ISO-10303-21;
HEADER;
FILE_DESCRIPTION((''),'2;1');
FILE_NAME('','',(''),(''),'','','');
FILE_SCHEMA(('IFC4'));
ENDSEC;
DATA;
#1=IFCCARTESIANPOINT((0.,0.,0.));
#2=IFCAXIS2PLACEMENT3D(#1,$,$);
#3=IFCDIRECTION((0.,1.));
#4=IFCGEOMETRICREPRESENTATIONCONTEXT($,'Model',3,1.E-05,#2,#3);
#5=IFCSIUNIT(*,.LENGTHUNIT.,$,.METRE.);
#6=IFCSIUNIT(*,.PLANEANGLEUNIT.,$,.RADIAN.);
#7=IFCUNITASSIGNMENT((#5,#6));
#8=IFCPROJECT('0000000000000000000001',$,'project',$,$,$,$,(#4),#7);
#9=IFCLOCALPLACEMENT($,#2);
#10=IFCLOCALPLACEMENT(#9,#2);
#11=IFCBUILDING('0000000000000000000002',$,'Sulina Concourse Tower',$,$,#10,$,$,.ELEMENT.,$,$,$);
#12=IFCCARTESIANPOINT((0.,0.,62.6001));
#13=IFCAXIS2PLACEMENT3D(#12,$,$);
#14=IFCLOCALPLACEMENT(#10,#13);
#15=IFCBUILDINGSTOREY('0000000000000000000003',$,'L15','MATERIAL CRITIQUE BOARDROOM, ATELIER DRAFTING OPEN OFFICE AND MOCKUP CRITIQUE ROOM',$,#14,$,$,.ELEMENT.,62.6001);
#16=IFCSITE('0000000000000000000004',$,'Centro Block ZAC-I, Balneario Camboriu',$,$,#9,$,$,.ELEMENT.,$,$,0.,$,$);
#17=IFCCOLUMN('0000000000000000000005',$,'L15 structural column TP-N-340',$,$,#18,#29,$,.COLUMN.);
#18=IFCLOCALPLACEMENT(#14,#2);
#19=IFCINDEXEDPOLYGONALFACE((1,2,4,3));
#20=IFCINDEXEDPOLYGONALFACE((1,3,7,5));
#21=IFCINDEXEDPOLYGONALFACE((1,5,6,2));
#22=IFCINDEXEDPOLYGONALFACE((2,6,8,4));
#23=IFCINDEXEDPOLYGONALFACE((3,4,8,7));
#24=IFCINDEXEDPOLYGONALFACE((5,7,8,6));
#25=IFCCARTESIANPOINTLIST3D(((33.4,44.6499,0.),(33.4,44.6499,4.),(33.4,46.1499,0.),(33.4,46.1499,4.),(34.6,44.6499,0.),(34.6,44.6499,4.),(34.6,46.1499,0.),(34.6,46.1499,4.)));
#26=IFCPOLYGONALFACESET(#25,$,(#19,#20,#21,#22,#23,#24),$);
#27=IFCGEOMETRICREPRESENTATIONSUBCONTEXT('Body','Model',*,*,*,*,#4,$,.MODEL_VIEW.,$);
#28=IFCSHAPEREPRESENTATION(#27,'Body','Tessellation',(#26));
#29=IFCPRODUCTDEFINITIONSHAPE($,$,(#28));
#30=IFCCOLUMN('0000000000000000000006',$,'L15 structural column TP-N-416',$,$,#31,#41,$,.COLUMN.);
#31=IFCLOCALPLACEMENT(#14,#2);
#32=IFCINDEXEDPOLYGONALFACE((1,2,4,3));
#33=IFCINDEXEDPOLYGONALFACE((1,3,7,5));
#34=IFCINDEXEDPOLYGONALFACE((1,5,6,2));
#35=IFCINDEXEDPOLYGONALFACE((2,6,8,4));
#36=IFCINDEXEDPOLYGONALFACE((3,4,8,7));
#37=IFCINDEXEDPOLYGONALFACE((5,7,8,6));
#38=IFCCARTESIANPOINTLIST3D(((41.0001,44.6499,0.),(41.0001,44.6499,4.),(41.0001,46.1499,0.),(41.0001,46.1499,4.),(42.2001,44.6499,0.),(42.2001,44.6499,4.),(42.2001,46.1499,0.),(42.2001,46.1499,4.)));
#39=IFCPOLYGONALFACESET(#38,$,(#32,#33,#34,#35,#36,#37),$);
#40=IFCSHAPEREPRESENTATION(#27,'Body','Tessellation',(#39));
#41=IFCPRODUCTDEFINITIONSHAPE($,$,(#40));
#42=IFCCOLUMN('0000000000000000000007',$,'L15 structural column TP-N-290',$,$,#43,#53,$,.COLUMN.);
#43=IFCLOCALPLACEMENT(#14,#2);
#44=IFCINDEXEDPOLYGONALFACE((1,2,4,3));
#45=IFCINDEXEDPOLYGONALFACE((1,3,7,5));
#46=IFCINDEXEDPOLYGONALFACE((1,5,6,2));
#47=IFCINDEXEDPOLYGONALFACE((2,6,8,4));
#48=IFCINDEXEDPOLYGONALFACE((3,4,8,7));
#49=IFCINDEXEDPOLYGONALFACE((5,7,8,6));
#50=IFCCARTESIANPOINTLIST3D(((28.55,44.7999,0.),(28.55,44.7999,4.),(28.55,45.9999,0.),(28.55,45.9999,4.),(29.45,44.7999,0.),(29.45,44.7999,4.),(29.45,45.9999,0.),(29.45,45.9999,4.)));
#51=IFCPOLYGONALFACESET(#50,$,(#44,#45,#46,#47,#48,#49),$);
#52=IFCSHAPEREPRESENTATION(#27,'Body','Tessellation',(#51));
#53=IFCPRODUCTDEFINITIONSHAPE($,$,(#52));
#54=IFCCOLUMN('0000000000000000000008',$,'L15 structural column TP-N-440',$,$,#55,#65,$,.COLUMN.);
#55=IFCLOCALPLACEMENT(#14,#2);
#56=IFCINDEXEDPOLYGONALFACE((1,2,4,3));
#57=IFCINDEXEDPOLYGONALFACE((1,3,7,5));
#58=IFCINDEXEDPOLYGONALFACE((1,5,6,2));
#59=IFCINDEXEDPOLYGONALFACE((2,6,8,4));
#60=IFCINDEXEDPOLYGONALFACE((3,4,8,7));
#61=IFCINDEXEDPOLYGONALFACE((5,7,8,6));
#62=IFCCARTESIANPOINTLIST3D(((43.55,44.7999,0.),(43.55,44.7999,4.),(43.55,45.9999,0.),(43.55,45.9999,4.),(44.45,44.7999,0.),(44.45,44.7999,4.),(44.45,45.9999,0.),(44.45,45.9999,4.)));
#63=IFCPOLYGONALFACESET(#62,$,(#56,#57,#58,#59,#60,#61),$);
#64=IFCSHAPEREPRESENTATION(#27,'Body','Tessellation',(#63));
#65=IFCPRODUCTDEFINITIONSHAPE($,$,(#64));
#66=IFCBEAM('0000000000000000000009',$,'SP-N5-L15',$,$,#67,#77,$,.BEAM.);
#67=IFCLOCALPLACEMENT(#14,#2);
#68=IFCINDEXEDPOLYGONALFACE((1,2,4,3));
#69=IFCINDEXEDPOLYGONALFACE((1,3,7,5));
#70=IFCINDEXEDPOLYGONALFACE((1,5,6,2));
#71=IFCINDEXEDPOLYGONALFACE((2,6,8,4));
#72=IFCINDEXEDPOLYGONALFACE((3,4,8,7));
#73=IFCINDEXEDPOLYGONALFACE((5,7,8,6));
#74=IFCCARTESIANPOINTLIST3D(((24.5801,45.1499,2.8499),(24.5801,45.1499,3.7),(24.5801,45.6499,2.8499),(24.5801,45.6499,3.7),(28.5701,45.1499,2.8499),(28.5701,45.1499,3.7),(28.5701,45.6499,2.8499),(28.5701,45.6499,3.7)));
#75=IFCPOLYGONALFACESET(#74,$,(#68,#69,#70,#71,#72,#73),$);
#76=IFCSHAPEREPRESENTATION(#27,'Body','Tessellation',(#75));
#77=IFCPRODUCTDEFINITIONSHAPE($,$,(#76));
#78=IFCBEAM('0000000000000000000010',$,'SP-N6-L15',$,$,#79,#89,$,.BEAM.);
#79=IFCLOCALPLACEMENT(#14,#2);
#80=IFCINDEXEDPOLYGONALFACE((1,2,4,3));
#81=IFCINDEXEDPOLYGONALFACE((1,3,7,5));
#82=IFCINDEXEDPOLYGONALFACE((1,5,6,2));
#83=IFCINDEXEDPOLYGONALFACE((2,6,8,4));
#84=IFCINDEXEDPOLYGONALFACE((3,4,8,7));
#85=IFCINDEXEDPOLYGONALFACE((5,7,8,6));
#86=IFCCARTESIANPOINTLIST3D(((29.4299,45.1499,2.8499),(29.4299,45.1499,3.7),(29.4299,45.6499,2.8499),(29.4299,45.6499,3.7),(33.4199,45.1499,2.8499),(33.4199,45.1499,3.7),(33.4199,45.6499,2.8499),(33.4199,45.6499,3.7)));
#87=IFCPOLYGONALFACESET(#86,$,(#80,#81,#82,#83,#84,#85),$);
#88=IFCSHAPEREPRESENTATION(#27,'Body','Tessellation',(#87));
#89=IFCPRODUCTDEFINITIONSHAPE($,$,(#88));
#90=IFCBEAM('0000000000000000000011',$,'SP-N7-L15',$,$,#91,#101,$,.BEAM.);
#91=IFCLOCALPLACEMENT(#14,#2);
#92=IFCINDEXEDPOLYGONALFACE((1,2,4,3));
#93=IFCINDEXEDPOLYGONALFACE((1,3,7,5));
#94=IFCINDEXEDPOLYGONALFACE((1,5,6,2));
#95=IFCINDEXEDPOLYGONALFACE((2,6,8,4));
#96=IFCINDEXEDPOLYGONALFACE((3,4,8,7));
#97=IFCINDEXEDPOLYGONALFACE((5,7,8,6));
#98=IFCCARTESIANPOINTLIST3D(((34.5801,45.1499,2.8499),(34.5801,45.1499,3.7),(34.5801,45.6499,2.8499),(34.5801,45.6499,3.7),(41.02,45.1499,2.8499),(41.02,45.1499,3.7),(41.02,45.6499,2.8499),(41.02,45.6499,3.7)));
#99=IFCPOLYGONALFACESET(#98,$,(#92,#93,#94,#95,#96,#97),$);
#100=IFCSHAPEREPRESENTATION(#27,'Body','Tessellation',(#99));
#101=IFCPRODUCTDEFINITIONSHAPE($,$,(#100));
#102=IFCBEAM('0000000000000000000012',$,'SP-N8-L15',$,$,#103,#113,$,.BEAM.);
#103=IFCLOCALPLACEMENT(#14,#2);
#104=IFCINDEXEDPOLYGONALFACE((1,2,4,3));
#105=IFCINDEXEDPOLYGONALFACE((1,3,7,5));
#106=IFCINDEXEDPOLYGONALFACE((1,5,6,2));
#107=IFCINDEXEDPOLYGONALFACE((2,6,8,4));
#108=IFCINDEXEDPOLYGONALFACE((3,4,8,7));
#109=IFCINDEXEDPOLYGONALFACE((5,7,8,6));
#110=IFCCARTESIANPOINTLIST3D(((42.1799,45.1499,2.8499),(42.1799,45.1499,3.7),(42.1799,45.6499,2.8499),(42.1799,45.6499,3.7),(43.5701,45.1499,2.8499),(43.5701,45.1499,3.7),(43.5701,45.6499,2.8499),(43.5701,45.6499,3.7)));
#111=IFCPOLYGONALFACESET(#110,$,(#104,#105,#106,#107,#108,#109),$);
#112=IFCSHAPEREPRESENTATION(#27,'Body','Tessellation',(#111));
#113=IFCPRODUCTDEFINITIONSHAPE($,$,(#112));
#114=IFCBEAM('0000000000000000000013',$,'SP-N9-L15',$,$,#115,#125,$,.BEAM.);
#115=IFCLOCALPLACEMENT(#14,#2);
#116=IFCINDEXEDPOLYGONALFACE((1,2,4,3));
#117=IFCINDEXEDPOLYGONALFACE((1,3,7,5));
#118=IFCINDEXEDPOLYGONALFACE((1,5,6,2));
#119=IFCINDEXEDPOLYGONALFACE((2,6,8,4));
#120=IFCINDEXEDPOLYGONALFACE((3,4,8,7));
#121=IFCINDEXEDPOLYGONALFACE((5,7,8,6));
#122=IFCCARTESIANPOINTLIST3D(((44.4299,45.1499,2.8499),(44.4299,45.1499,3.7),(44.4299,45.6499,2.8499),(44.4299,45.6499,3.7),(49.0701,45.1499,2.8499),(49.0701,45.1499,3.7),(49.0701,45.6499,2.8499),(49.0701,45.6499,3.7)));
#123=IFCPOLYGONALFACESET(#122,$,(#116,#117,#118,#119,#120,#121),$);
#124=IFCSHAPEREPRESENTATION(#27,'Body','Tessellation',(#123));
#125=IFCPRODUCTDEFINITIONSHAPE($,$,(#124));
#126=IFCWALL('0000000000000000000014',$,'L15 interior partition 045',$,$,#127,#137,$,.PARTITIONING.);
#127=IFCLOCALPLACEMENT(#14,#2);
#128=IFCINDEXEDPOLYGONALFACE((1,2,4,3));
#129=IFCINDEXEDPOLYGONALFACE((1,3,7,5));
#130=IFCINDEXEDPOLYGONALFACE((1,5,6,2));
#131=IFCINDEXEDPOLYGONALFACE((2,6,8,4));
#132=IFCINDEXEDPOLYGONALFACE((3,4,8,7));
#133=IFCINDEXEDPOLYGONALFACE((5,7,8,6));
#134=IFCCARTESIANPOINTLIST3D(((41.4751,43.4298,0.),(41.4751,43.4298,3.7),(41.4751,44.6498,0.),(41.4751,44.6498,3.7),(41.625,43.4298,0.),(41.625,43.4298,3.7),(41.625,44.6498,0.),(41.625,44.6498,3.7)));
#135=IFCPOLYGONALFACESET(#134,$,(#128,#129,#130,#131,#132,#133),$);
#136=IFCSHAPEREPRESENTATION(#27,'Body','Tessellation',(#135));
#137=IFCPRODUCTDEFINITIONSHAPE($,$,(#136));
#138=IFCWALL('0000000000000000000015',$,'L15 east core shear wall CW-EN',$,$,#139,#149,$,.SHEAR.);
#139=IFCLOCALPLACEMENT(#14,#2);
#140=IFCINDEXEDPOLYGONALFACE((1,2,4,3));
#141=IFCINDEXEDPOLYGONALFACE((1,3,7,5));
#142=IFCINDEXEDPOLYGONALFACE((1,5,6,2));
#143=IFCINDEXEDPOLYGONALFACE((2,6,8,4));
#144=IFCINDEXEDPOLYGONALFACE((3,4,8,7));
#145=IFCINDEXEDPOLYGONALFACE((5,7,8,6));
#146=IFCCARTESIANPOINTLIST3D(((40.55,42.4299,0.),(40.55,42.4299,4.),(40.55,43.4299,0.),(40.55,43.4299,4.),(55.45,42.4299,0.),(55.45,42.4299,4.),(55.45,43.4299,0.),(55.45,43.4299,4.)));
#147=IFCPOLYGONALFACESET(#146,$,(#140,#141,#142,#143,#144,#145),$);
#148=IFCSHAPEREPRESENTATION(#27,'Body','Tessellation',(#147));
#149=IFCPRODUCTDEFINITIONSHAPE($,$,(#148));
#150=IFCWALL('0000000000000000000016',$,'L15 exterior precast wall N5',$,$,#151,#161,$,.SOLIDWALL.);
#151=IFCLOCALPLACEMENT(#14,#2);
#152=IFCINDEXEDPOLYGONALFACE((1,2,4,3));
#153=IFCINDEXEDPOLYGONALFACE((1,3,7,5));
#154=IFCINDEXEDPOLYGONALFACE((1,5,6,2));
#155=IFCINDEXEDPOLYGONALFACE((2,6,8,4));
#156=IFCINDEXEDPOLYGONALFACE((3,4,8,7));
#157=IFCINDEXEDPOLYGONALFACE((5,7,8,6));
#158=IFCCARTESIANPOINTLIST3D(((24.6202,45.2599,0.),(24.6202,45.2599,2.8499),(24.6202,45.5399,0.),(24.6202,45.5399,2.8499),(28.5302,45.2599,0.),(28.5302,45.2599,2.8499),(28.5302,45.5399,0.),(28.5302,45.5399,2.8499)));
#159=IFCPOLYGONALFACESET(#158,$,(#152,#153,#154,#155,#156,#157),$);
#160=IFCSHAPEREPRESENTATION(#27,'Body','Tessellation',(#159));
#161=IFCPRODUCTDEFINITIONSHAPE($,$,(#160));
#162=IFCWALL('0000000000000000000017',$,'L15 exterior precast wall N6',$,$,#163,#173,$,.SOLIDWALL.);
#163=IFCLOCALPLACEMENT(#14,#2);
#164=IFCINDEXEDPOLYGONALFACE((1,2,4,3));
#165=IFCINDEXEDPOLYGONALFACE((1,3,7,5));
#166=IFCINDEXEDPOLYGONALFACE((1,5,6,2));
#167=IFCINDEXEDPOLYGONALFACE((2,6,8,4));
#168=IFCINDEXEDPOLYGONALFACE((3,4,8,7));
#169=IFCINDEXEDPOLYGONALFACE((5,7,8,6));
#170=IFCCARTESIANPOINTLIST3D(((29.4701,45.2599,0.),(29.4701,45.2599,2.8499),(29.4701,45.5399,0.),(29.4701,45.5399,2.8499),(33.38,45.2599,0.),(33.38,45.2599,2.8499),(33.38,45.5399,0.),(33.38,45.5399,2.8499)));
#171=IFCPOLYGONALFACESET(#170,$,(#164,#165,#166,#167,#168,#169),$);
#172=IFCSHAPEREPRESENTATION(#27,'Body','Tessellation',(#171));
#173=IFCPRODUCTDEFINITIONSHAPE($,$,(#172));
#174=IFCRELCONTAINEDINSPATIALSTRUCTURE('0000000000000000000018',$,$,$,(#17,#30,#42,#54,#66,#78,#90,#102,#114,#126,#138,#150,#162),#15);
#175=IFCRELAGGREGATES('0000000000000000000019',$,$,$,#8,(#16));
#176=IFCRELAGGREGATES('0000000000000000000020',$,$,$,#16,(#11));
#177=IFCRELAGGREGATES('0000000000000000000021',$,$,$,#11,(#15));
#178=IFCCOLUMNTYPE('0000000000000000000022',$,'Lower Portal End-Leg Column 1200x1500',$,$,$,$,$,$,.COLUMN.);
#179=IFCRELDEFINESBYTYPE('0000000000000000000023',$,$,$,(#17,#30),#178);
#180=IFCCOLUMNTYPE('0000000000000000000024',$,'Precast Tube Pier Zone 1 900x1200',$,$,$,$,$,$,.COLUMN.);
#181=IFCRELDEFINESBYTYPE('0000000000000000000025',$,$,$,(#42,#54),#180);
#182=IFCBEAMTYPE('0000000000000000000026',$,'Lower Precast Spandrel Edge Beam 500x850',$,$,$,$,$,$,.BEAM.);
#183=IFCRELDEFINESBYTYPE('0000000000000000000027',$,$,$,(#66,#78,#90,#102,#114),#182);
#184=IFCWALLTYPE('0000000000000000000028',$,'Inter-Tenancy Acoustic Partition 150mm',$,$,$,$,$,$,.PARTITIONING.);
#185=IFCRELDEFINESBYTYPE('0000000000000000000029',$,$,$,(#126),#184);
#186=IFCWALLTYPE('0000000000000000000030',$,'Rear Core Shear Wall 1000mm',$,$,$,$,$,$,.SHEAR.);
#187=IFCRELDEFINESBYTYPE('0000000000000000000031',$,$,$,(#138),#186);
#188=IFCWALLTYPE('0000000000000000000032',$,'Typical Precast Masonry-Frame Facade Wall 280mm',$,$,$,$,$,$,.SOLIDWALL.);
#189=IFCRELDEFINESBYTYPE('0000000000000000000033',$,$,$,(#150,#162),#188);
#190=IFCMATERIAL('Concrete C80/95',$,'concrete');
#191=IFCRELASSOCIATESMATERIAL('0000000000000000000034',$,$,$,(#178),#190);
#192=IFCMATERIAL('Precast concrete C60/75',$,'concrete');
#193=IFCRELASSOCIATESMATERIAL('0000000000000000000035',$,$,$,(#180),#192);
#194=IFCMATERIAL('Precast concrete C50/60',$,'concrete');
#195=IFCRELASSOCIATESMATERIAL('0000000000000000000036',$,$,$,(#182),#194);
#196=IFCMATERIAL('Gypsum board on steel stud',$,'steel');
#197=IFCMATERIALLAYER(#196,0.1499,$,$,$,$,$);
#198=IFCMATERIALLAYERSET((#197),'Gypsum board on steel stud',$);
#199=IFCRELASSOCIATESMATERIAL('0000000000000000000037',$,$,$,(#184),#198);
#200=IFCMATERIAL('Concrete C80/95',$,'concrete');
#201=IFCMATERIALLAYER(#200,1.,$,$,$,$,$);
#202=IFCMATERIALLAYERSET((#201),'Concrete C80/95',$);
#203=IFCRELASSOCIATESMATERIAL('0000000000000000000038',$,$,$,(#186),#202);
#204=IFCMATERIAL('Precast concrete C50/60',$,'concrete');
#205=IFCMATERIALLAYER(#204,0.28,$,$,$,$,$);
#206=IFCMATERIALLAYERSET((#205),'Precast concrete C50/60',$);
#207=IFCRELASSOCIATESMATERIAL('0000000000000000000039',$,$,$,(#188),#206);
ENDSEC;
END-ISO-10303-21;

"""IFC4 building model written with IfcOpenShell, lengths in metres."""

from ifc_helpers import new_model, si_unit, direction, frame, frame_2d, origin, origin_2d, place, context, subcontext, project, spatial, rectangle, extrude, material, layer, layer_set, material_profile, profile_set, type_object, element, save


model = new_model("IFC4")

# Units and contexts
model_context = context("Model", 3, precision=1e-05, world=origin(), true_north=direction((0.0, 1.0)))
body_context = subcontext(model_context, "Body", "Model", "MODEL_VIEW")
ifc_project = project(units=[si_unit("LENGTHUNIT", "METRE"), si_unit("PLANEANGLEUNIT", "RADIAN")], contexts=[model_context])

# Site, building, storey
site_placement = place(None, origin())
site = spatial("IfcSite", under=ifc_project, at=site_placement, Name="Centro Block ZAC-I, Balneario Camboriu", CompositionType="ELEMENT", RefElevation=0.0)
building_placement = place(site_placement, origin())
building = spatial("IfcBuilding", under=site, at=building_placement, Name="Sulina Concourse Tower", CompositionType="ELEMENT")
storey_placement = place(building_placement, frame((0.0, 0.0, 62.6001)))
storey = spatial("IfcBuildingStorey", under=building, at=storey_placement, Name="L15", Description="MATERIAL CRITIQUE BOARDROOM, ATELIER DRAFTING OPEN OFFICE AND MOCKUP CRITIQUE ROOM", CompositionType="ELEMENT", Elevation=62.6001)

# Columns
ifc_material_1 = material(Name="Concrete C80/95", Category="concrete")
ifc_material_profile_1 = material_profile(ifc_material_1, rectangle(XDim=1.2, YDim=1.5, at=origin_2d()), Name="RC 1200x1500")
ifc_profile_set_1 = profile_set([ifc_material_profile_1], Name="Concrete C80/95")
column_type_1 = type_object("IfcColumnType", Name="Lower Portal End-Leg Column 1200x1500", PredefinedType="COLUMN", material=ifc_profile_set_1)
for number, where, z_axis, x_axis, name in (
    (1, (34.0, 45.3999, 0.0), (0.0, 0.0, 1.0), (1.0, 0.0, 0.0), "L15 structural column TP-N-340"),
    (2, (41.6001, 45.3999, 0.0), (0.0, 0.0, 1.0), (1.0, 0.0, 0.0), "L15 structural column TP-N-416"),
):
    element("IfcColumn", number, at=place(storey_placement, frame(where, z_axis=z_axis, x_axis=x_axis)), inside=storey, type_object=column_type_1, Name=name, PredefinedType="COLUMN", context=body_context, shape_type="SweptSolid", body=[
        extrude(rectangle(XDim=1.2, YDim=1.5, at=origin_2d()), origin(), (0.0, 0.0, 1.0), 4.0),
    ])
ifc_material_2 = material(Name="Precast concrete C60/75", Category="concrete")
ifc_material_profile_2 = material_profile(ifc_material_2, rectangle(XDim=0.8999, YDim=1.2, at=origin_2d()), Name="PC 900x1200")
ifc_profile_set_2 = profile_set([ifc_material_profile_2], Name="Precast concrete C60/75")
column_type_2 = type_object("IfcColumnType", Name="Precast Tube Pier Zone 1 900x1200", PredefinedType="COLUMN", material=ifc_profile_set_2)
for number, where, z_axis, x_axis, name in (
    (3, (29.0, 45.3999, 0.0), (0.0, 0.0, 1.0), (1.0, 0.0, 0.0), "L15 structural column TP-N-290"),
    (4, (44.0, 45.3999, 0.0), (0.0, 0.0, 1.0), (1.0, 0.0, 0.0), "L15 structural column TP-N-440"),
):
    element("IfcColumn", number, at=place(storey_placement, frame(where, z_axis=z_axis, x_axis=x_axis)), inside=storey, type_object=column_type_2, Name=name, PredefinedType="COLUMN", context=body_context, shape_type="SweptSolid", body=[
        extrude(rectangle(XDim=0.8999, YDim=1.2, at=origin_2d()), origin(), (0.0, 0.0, 1.0), 4.0),
    ])

# Beams
ifc_material_3 = material(Name="Precast concrete C50/60", Category="concrete")
ifc_material_profile_3 = material_profile(ifc_material_3, rectangle(XDim=0.5, YDim=0.8501, at=origin_2d()), Name="RC 500x850")
ifc_profile_set_3 = profile_set([ifc_material_profile_3], Name="Precast concrete C50/60")
beam_type = type_object("IfcBeamType", Name="Lower Precast Spandrel Edge Beam 500x850", PredefinedType="BEAM", material=ifc_profile_set_3)
for number, where, z_axis, x_axis, name in (
    (5, (24.5801, 45.3999, 3.2749), (1.0, 0.0, 0.0), (0.0, 1.0, 0.0), "SP-N5-L15"),
    (6, (29.4299, 45.3999, 3.2749), (1.0, 0.0, 0.0), (0.0, 1.0, 0.0), "SP-N6-L15"),
):
    element("IfcBeam", number, at=place(storey_placement, frame(where, z_axis=z_axis, x_axis=x_axis)), inside=storey, type_object=beam_type, Name=name, PredefinedType="BEAM", context=body_context, shape_type="SweptSolid", body=[
        extrude(rectangle(XDim=0.5, YDim=0.8501, at=origin_2d()), origin(), (0.0, 0.0, 1.0), 3.99),
    ])
beam_1_placement = place(storey_placement, frame((34.5801, 45.3999, 3.2749), z_axis=(1.0, 0.0, 0.0), x_axis=(0.0, 1.0, 0.0)))
element("IfcBeam", 7, at=beam_1_placement, inside=storey, type_object=beam_type, Name="SP-N7-L15", PredefinedType="BEAM", context=body_context, shape_type="SweptSolid", body=[
    extrude(rectangle(XDim=0.5, YDim=0.8501, at=origin_2d()), origin(), (0.0, 0.0, 1.0), 6.4399),
])
beam_2_placement = place(storey_placement, frame((42.1799, 45.3999, 3.2749), z_axis=(1.0, 0.0, 0.0), x_axis=(0.0, 1.0, 0.0)))
element("IfcBeam", 8, at=beam_2_placement, inside=storey, type_object=beam_type, Name="SP-N8-L15", PredefinedType="BEAM", context=body_context, shape_type="SweptSolid", body=[
    extrude(rectangle(XDim=0.5, YDim=0.8501, at=origin_2d()), origin(), (0.0, 0.0, 1.0), 1.3901),
])
beam_3_placement = place(storey_placement, frame((44.4299, 45.3999, 3.2749), z_axis=(1.0, 0.0, 0.0), x_axis=(0.0, 1.0, 0.0)))
element("IfcBeam", 9, at=beam_3_placement, inside=storey, type_object=beam_type, Name="SP-N9-L15", PredefinedType="BEAM", context=body_context, shape_type="SweptSolid", body=[
    extrude(rectangle(XDim=0.5, YDim=0.8501, at=origin_2d()), origin(), (0.0, 0.0, 1.0), 4.6401),
])

# Walls
ifc_material_4 = material(Name="Gypsum board on steel stud", Category="steel")
ifc_layer_1 = layer(ifc_material_4, 0.1499)
ifc_layer_set_1 = layer_set([ifc_layer_1], Name="Gypsum board on steel stud")
wall_type_1 = type_object("IfcWallType", Name="Inter-Tenancy Acoustic Partition 150mm", PredefinedType="PARTITIONING", material=ifc_layer_set_1)
wall_1_placement = place(storey_placement, frame((41.55, 43.4299, 0.0), z_axis=(0.0, 0.0, 1.0), x_axis=(0.0, 1.0, 0.0)))
element("IfcWall", 10, at=wall_1_placement, inside=storey, type_object=wall_type_1, Name="L15 interior partition 045", PredefinedType="PARTITIONING", context=body_context, shape_type="SweptSolid", body=[
    extrude(rectangle(XDim=1.22, YDim=0.1499, at=frame_2d((0.6099, 0.0))), origin(), (0.0, 0.0, 1.0), 3.7),
])
ifc_material_5 = material(Name="Concrete C80/95", Category="concrete")
ifc_layer_2 = layer(ifc_material_5, 1.0)
ifc_layer_set_2 = layer_set([ifc_layer_2], Name="Concrete C80/95")
wall_type_2 = type_object("IfcWallType", Name="Rear Core Shear Wall 1000mm", PredefinedType="SHEAR", material=ifc_layer_set_2)
wall_2_placement = place(storey_placement, frame((40.55, 42.9299, 0.0), z_axis=(0.0, 0.0, 1.0), x_axis=(1.0, 0.0, 0.0)))
element("IfcWall", 11, at=wall_2_placement, inside=storey, type_object=wall_type_2, Name="L15 east core shear wall CW-EN", PredefinedType="SHEAR", context=body_context, shape_type="SweptSolid", body=[
    extrude(rectangle(XDim=14.8999, YDim=1.0, at=frame_2d((7.45, 0.0))), origin(), (0.0, 0.0, 1.0), 4.0),
])
ifc_material_6 = material(Name="Precast concrete C50/60", Category="concrete")
ifc_layer_3 = layer(ifc_material_6, 0.28)
ifc_layer_set_3 = layer_set([ifc_layer_3], Name="Precast concrete C50/60")
wall_type_3 = type_object("IfcWallType", Name="Typical Precast Masonry-Frame Facade Wall 280mm", PredefinedType="SOLIDWALL", material=ifc_layer_set_3)
for number, where, z_axis, x_axis, name in (
    (12, (24.6201, 45.3999, 0.0), (0.0, 0.0, 1.0), (1.0, 0.0, 0.0), "L15 exterior precast wall N5"),
    (13, (29.47, 45.3999, 0.0), (0.0, 0.0, 1.0), (1.0, 0.0, 0.0), "L15 exterior precast wall N6"),
):
    element("IfcWall", number, at=place(storey_placement, frame(where, z_axis=z_axis, x_axis=x_axis)), inside=storey, type_object=wall_type_3, Name=name, PredefinedType="SOLIDWALL", context=body_context, shape_type="SweptSolid", body=[
        extrude(rectangle(XDim=3.9099, YDim=0.28, at=frame_2d((1.9551, 0.0))), origin(), (0.0, 0.0, 1.0), 2.8499),
    ])

save(model, "model.ifc")
